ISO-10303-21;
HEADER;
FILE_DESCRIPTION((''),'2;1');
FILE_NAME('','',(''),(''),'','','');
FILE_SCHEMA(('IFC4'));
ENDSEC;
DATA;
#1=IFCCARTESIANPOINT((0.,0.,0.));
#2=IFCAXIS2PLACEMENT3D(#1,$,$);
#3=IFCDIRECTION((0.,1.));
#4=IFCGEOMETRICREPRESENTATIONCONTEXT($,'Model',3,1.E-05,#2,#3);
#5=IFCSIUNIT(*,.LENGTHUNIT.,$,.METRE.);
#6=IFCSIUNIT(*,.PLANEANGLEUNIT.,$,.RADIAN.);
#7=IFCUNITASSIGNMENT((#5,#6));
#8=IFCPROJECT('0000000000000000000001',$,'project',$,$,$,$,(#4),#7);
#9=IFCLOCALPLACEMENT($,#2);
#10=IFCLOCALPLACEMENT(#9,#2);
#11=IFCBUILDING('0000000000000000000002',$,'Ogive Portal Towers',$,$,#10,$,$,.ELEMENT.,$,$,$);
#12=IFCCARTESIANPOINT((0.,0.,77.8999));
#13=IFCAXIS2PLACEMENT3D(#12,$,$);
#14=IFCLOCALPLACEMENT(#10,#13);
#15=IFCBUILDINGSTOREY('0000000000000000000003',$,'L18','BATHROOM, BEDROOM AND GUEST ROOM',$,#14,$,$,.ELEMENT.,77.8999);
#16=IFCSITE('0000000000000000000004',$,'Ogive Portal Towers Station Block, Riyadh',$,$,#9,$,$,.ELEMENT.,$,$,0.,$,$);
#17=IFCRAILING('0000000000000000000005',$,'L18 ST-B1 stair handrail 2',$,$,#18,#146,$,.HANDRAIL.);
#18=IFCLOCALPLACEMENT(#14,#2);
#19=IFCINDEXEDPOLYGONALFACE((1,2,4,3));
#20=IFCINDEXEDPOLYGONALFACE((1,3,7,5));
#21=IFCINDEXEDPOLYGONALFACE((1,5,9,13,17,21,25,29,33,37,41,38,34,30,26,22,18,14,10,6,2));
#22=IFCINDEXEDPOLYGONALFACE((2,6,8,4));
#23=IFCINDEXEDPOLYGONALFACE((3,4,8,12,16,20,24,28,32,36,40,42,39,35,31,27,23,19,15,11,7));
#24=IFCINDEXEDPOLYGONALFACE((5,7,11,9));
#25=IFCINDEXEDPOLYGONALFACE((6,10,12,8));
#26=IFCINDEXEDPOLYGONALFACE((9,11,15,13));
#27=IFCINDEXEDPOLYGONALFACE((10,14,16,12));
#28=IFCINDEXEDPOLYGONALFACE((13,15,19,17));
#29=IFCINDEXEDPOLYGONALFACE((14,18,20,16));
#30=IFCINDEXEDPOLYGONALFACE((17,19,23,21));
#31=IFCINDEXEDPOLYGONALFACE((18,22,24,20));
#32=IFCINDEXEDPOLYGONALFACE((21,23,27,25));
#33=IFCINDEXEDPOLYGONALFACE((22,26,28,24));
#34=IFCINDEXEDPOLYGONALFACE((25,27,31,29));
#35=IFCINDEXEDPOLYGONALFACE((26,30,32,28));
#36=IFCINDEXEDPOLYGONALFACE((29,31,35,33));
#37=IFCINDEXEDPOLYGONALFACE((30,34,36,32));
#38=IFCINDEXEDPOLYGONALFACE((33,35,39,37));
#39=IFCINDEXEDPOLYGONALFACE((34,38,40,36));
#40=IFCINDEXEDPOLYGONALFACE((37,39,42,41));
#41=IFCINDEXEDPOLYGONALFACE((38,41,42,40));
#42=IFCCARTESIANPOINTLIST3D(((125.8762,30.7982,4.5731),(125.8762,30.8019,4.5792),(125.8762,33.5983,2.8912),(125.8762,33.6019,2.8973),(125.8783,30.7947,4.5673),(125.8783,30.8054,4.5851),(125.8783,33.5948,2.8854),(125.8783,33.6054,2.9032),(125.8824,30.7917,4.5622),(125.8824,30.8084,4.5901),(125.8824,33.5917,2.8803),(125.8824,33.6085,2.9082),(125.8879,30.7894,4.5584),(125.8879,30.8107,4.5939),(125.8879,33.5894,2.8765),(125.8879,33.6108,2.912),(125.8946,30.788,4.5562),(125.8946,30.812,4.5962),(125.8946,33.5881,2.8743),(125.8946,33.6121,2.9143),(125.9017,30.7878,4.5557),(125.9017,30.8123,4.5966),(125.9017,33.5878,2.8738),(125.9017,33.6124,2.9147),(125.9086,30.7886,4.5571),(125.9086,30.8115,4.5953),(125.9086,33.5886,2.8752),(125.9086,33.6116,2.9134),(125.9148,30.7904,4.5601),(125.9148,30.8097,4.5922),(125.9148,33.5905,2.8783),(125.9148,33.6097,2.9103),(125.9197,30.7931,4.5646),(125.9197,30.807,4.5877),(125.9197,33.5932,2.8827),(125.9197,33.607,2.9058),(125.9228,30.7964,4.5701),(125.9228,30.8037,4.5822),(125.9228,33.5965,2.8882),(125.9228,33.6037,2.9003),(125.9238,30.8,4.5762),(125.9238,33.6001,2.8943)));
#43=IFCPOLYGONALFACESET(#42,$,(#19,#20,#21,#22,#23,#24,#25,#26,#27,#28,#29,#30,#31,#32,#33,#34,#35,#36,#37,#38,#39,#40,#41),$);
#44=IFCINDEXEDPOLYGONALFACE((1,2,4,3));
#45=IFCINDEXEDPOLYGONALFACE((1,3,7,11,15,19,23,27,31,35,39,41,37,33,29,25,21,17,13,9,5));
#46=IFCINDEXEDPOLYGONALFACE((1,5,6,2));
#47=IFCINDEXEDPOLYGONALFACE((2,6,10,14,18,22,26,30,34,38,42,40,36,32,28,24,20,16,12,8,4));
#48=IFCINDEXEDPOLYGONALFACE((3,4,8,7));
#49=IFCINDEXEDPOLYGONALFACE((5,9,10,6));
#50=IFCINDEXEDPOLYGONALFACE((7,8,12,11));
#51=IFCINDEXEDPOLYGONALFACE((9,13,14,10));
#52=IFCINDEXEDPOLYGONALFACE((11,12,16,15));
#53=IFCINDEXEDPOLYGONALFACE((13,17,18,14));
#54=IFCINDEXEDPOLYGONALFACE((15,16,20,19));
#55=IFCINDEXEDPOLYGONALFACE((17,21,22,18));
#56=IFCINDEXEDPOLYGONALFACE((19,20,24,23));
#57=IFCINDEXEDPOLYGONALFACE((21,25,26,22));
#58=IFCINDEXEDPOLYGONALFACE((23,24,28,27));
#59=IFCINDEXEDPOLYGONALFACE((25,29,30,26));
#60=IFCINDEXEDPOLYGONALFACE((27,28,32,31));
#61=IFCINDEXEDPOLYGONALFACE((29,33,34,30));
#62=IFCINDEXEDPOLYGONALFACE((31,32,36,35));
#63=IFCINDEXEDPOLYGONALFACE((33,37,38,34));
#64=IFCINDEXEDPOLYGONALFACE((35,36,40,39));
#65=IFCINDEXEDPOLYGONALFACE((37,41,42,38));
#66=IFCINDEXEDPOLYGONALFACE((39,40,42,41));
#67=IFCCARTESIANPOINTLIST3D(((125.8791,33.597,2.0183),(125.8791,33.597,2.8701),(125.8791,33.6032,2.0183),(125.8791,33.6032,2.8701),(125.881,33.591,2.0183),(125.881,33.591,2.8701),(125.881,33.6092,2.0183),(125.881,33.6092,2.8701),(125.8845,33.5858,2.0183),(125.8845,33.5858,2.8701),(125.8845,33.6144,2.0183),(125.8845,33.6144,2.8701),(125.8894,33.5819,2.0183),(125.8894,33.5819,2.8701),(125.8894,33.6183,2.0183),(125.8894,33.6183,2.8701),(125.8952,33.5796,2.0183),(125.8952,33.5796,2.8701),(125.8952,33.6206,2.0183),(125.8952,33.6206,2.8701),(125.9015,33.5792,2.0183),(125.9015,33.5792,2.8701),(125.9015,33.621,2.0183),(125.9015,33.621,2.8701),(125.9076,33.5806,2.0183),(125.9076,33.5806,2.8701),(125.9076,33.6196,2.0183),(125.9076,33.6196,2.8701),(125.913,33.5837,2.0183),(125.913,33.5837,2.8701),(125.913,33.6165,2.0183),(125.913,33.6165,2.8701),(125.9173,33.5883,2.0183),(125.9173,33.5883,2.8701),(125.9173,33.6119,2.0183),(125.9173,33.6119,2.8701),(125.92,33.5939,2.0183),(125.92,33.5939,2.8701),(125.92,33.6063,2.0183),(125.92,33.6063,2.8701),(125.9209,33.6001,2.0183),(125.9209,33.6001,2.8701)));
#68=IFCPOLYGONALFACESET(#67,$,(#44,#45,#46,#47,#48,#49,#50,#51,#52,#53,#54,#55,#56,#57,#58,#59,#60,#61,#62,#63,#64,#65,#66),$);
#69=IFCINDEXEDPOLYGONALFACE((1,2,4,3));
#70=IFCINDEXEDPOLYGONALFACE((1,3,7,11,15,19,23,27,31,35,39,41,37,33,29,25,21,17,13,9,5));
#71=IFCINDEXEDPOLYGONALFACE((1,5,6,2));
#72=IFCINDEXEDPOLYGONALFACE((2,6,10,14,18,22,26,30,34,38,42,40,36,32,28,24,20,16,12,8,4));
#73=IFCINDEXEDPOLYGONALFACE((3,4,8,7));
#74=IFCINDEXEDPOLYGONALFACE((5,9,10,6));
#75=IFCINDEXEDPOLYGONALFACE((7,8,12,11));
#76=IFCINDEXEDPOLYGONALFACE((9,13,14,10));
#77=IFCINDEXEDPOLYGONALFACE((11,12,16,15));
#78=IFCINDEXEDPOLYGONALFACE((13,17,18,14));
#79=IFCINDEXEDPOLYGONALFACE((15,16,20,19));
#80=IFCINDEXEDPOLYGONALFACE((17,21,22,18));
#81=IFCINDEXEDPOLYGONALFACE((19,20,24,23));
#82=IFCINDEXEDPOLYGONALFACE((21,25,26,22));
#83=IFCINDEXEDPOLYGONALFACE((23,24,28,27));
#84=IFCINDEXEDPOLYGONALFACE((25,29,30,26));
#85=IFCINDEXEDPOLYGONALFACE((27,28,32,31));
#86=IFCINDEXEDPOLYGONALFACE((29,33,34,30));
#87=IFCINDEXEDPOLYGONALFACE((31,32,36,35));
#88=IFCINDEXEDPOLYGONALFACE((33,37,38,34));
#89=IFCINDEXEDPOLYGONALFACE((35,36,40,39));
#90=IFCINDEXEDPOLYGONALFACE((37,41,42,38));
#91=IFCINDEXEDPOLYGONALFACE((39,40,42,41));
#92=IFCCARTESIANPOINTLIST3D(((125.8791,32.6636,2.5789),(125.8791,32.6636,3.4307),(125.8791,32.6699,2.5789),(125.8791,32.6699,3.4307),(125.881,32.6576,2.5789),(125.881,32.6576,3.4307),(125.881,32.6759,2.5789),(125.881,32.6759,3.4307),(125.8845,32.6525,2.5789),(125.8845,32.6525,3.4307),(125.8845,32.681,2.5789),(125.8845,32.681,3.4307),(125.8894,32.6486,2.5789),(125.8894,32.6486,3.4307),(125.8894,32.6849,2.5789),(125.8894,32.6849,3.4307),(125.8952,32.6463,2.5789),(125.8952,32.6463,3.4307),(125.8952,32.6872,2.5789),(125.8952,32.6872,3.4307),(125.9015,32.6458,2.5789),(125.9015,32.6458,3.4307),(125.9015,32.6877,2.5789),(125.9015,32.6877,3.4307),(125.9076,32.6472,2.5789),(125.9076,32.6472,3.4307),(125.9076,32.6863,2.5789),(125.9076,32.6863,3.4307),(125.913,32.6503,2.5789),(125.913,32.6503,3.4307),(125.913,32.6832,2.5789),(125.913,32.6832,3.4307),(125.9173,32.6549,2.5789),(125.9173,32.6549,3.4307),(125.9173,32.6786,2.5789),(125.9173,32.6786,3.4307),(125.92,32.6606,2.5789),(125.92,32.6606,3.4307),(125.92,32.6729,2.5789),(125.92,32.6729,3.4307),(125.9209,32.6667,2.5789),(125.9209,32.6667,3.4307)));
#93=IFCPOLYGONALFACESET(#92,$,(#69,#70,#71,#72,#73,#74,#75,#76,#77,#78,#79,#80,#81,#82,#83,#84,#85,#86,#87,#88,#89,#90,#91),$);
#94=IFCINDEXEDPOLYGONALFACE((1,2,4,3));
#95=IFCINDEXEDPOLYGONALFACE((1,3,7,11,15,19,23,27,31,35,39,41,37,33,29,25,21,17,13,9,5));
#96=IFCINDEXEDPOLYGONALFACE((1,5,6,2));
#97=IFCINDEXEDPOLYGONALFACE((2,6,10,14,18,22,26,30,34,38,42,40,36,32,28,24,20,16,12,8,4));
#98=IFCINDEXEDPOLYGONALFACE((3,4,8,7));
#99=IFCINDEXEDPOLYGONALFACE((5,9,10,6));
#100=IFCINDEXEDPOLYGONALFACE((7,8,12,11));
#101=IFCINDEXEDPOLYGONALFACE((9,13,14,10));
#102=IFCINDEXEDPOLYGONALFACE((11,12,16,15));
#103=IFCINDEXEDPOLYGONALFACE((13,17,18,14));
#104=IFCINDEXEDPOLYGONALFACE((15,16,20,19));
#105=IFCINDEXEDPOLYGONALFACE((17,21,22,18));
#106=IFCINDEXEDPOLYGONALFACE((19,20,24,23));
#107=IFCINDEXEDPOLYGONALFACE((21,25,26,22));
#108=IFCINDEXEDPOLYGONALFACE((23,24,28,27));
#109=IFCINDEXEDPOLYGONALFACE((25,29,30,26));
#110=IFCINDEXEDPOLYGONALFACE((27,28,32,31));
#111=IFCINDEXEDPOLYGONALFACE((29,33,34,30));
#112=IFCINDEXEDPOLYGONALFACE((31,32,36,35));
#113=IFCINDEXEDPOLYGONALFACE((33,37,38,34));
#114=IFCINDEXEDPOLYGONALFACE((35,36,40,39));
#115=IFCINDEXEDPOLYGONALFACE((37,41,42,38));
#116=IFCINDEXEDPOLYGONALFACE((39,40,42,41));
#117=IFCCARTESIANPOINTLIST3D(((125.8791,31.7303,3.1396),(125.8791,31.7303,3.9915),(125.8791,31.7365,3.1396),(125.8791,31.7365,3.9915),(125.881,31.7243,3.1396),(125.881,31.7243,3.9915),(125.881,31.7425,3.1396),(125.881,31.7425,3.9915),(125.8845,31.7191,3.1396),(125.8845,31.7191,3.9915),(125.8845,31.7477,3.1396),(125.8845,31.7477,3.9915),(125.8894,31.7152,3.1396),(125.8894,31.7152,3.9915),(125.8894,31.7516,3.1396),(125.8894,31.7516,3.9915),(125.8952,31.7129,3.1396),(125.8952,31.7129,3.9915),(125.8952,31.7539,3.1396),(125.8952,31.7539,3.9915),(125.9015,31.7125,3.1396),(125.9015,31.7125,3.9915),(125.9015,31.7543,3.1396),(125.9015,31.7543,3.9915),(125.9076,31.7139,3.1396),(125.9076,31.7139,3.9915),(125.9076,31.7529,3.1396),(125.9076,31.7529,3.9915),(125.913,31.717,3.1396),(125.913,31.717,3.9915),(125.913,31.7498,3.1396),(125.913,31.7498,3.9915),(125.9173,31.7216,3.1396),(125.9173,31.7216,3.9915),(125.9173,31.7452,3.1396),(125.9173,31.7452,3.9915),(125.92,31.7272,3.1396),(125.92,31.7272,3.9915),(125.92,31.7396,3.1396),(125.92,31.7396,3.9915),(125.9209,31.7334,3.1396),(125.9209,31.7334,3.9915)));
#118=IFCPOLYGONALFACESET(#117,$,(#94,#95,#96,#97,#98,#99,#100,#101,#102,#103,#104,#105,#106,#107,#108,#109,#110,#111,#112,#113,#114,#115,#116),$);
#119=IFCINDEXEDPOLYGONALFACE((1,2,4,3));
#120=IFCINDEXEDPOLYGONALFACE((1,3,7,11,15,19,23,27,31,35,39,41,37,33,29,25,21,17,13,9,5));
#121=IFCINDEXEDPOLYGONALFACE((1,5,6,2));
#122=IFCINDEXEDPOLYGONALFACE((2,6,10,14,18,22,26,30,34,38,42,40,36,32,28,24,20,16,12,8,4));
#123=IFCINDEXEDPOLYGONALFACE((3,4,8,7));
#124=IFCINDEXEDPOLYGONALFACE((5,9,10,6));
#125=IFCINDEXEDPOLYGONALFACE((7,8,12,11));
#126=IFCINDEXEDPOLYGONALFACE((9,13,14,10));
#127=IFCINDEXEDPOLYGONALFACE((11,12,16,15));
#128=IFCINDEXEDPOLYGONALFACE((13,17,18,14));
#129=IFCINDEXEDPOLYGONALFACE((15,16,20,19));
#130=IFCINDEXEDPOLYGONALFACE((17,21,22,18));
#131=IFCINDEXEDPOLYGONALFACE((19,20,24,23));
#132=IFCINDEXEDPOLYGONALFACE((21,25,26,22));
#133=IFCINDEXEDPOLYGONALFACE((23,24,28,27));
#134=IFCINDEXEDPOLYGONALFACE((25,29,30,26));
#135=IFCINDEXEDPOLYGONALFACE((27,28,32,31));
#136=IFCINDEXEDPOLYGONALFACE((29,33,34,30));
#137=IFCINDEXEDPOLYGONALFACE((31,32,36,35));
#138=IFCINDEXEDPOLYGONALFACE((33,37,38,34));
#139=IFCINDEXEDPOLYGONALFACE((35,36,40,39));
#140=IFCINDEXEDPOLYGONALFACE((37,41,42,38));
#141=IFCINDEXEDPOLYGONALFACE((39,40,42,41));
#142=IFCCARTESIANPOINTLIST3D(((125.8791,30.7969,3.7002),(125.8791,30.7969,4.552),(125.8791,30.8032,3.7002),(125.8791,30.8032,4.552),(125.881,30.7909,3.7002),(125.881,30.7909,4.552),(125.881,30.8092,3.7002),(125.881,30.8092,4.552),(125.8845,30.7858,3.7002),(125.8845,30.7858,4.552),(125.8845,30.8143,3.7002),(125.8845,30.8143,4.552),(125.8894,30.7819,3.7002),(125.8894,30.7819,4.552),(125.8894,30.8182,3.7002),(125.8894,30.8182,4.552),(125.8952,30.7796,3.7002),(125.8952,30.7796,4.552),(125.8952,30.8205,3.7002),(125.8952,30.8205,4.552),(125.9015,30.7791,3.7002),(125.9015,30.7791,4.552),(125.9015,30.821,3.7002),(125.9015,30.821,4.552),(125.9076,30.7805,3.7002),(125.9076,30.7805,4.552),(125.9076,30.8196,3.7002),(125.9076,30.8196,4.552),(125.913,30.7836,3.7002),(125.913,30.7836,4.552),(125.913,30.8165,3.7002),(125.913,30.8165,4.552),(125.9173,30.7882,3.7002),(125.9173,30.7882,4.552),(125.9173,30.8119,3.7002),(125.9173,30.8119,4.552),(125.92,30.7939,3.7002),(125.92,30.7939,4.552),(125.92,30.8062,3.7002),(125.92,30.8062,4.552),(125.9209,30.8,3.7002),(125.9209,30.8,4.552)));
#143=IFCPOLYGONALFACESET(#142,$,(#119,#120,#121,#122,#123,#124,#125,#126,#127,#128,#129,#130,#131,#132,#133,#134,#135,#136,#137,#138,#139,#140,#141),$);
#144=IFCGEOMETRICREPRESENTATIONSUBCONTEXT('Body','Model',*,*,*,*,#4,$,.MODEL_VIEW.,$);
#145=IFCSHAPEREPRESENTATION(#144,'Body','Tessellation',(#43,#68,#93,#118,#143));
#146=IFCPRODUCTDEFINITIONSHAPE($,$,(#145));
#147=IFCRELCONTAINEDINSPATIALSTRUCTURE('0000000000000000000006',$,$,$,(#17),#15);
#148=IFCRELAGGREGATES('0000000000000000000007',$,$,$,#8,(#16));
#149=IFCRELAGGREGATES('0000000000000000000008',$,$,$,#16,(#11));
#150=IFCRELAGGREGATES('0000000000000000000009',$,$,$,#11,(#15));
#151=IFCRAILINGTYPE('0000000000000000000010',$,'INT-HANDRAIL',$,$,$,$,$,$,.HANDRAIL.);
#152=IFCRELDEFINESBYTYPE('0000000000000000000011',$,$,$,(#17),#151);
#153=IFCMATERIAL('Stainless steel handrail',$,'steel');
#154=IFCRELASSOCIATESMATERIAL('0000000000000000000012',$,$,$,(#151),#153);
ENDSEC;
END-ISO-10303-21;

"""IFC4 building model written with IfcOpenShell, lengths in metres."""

from ifc_helpers import new_model, si_unit, direction, frame, origin, origin_2d, place, context, subcontext, project, spatial, circle, extrude, material, type_object, element, save


model = new_model("IFC4")

# Units and contexts
model_context = context("Model", 3, precision=1e-05, world=origin(), true_north=direction((0.0, 1.0)))
body_context = subcontext(model_context, "Body", "Model", "MODEL_VIEW")
ifc_project = project(units=[si_unit("LENGTHUNIT", "METRE"), si_unit("PLANEANGLEUNIT", "RADIAN")], contexts=[model_context])

# Site, building, storey
site_placement = place(None, origin())
site = spatial("IfcSite", under=ifc_project, at=site_placement, Name="Ogive Portal Towers Station Block, Riyadh", CompositionType="ELEMENT", RefElevation=0.0)
building_placement = place(site_placement, origin())
building = spatial("IfcBuilding", under=site, at=building_placement, Name="Ogive Portal Towers", CompositionType="ELEMENT")
storey_placement = place(building_placement, frame((0.0, 0.0, 77.8999)))
storey = spatial("IfcBuildingStorey", under=building, at=storey_placement, Name="L18", Description="BATHROOM, BEDROOM AND GUEST ROOM", CompositionType="ELEMENT", Elevation=77.8999)

# Railing
ifc_material_1 = material(Name="Stainless steel handrail", Category="steel")
railing_type_1 = type_object("IfcRailingType", Name="INT-HANDRAIL", PredefinedType="HANDRAIL", material=ifc_material_1)
railing_1_placement = place(storey_placement, frame((125.8999, 33.6001, 2.0183)))
element("IfcRailing", 1, at=railing_1_placement, inside=storey, type_object=railing_type_1, Name="L18 ST-B1 stair handrail 2", PredefinedType="HANDRAIL", context=body_context, shape_type="SweptSolid", body=[
    extrude(circle(Radius=0.0239, at=origin_2d()), frame((0.0, 0.0, 0.876), z_axis=(0.0, -0.857242, 0.514913), x_axis=(1.0, 0.0, 0.0)), (0.0, 0.0, 1.0), 3.2664),
    extrude(circle(Radius=0.021, at=origin_2d()), origin(), (0.0, 0.0, 1.0), 0.8518),
    extrude(circle(Radius=0.021, at=origin_2d()), frame((0.0, -0.9333, 0.5605)), (0.0, 0.0, 1.0), 0.8518),
    extrude(circle(Radius=0.021, at=origin_2d()), frame((0.0, -1.8667, 1.1213)), (0.0, 0.0, 1.0), 0.8518),
    extrude(circle(Radius=0.021, at=origin_2d()), frame((0.0, -2.8, 1.6819)), (0.0, 0.0, 1.0), 0.8518),
])

save(model, "model.ifc")
